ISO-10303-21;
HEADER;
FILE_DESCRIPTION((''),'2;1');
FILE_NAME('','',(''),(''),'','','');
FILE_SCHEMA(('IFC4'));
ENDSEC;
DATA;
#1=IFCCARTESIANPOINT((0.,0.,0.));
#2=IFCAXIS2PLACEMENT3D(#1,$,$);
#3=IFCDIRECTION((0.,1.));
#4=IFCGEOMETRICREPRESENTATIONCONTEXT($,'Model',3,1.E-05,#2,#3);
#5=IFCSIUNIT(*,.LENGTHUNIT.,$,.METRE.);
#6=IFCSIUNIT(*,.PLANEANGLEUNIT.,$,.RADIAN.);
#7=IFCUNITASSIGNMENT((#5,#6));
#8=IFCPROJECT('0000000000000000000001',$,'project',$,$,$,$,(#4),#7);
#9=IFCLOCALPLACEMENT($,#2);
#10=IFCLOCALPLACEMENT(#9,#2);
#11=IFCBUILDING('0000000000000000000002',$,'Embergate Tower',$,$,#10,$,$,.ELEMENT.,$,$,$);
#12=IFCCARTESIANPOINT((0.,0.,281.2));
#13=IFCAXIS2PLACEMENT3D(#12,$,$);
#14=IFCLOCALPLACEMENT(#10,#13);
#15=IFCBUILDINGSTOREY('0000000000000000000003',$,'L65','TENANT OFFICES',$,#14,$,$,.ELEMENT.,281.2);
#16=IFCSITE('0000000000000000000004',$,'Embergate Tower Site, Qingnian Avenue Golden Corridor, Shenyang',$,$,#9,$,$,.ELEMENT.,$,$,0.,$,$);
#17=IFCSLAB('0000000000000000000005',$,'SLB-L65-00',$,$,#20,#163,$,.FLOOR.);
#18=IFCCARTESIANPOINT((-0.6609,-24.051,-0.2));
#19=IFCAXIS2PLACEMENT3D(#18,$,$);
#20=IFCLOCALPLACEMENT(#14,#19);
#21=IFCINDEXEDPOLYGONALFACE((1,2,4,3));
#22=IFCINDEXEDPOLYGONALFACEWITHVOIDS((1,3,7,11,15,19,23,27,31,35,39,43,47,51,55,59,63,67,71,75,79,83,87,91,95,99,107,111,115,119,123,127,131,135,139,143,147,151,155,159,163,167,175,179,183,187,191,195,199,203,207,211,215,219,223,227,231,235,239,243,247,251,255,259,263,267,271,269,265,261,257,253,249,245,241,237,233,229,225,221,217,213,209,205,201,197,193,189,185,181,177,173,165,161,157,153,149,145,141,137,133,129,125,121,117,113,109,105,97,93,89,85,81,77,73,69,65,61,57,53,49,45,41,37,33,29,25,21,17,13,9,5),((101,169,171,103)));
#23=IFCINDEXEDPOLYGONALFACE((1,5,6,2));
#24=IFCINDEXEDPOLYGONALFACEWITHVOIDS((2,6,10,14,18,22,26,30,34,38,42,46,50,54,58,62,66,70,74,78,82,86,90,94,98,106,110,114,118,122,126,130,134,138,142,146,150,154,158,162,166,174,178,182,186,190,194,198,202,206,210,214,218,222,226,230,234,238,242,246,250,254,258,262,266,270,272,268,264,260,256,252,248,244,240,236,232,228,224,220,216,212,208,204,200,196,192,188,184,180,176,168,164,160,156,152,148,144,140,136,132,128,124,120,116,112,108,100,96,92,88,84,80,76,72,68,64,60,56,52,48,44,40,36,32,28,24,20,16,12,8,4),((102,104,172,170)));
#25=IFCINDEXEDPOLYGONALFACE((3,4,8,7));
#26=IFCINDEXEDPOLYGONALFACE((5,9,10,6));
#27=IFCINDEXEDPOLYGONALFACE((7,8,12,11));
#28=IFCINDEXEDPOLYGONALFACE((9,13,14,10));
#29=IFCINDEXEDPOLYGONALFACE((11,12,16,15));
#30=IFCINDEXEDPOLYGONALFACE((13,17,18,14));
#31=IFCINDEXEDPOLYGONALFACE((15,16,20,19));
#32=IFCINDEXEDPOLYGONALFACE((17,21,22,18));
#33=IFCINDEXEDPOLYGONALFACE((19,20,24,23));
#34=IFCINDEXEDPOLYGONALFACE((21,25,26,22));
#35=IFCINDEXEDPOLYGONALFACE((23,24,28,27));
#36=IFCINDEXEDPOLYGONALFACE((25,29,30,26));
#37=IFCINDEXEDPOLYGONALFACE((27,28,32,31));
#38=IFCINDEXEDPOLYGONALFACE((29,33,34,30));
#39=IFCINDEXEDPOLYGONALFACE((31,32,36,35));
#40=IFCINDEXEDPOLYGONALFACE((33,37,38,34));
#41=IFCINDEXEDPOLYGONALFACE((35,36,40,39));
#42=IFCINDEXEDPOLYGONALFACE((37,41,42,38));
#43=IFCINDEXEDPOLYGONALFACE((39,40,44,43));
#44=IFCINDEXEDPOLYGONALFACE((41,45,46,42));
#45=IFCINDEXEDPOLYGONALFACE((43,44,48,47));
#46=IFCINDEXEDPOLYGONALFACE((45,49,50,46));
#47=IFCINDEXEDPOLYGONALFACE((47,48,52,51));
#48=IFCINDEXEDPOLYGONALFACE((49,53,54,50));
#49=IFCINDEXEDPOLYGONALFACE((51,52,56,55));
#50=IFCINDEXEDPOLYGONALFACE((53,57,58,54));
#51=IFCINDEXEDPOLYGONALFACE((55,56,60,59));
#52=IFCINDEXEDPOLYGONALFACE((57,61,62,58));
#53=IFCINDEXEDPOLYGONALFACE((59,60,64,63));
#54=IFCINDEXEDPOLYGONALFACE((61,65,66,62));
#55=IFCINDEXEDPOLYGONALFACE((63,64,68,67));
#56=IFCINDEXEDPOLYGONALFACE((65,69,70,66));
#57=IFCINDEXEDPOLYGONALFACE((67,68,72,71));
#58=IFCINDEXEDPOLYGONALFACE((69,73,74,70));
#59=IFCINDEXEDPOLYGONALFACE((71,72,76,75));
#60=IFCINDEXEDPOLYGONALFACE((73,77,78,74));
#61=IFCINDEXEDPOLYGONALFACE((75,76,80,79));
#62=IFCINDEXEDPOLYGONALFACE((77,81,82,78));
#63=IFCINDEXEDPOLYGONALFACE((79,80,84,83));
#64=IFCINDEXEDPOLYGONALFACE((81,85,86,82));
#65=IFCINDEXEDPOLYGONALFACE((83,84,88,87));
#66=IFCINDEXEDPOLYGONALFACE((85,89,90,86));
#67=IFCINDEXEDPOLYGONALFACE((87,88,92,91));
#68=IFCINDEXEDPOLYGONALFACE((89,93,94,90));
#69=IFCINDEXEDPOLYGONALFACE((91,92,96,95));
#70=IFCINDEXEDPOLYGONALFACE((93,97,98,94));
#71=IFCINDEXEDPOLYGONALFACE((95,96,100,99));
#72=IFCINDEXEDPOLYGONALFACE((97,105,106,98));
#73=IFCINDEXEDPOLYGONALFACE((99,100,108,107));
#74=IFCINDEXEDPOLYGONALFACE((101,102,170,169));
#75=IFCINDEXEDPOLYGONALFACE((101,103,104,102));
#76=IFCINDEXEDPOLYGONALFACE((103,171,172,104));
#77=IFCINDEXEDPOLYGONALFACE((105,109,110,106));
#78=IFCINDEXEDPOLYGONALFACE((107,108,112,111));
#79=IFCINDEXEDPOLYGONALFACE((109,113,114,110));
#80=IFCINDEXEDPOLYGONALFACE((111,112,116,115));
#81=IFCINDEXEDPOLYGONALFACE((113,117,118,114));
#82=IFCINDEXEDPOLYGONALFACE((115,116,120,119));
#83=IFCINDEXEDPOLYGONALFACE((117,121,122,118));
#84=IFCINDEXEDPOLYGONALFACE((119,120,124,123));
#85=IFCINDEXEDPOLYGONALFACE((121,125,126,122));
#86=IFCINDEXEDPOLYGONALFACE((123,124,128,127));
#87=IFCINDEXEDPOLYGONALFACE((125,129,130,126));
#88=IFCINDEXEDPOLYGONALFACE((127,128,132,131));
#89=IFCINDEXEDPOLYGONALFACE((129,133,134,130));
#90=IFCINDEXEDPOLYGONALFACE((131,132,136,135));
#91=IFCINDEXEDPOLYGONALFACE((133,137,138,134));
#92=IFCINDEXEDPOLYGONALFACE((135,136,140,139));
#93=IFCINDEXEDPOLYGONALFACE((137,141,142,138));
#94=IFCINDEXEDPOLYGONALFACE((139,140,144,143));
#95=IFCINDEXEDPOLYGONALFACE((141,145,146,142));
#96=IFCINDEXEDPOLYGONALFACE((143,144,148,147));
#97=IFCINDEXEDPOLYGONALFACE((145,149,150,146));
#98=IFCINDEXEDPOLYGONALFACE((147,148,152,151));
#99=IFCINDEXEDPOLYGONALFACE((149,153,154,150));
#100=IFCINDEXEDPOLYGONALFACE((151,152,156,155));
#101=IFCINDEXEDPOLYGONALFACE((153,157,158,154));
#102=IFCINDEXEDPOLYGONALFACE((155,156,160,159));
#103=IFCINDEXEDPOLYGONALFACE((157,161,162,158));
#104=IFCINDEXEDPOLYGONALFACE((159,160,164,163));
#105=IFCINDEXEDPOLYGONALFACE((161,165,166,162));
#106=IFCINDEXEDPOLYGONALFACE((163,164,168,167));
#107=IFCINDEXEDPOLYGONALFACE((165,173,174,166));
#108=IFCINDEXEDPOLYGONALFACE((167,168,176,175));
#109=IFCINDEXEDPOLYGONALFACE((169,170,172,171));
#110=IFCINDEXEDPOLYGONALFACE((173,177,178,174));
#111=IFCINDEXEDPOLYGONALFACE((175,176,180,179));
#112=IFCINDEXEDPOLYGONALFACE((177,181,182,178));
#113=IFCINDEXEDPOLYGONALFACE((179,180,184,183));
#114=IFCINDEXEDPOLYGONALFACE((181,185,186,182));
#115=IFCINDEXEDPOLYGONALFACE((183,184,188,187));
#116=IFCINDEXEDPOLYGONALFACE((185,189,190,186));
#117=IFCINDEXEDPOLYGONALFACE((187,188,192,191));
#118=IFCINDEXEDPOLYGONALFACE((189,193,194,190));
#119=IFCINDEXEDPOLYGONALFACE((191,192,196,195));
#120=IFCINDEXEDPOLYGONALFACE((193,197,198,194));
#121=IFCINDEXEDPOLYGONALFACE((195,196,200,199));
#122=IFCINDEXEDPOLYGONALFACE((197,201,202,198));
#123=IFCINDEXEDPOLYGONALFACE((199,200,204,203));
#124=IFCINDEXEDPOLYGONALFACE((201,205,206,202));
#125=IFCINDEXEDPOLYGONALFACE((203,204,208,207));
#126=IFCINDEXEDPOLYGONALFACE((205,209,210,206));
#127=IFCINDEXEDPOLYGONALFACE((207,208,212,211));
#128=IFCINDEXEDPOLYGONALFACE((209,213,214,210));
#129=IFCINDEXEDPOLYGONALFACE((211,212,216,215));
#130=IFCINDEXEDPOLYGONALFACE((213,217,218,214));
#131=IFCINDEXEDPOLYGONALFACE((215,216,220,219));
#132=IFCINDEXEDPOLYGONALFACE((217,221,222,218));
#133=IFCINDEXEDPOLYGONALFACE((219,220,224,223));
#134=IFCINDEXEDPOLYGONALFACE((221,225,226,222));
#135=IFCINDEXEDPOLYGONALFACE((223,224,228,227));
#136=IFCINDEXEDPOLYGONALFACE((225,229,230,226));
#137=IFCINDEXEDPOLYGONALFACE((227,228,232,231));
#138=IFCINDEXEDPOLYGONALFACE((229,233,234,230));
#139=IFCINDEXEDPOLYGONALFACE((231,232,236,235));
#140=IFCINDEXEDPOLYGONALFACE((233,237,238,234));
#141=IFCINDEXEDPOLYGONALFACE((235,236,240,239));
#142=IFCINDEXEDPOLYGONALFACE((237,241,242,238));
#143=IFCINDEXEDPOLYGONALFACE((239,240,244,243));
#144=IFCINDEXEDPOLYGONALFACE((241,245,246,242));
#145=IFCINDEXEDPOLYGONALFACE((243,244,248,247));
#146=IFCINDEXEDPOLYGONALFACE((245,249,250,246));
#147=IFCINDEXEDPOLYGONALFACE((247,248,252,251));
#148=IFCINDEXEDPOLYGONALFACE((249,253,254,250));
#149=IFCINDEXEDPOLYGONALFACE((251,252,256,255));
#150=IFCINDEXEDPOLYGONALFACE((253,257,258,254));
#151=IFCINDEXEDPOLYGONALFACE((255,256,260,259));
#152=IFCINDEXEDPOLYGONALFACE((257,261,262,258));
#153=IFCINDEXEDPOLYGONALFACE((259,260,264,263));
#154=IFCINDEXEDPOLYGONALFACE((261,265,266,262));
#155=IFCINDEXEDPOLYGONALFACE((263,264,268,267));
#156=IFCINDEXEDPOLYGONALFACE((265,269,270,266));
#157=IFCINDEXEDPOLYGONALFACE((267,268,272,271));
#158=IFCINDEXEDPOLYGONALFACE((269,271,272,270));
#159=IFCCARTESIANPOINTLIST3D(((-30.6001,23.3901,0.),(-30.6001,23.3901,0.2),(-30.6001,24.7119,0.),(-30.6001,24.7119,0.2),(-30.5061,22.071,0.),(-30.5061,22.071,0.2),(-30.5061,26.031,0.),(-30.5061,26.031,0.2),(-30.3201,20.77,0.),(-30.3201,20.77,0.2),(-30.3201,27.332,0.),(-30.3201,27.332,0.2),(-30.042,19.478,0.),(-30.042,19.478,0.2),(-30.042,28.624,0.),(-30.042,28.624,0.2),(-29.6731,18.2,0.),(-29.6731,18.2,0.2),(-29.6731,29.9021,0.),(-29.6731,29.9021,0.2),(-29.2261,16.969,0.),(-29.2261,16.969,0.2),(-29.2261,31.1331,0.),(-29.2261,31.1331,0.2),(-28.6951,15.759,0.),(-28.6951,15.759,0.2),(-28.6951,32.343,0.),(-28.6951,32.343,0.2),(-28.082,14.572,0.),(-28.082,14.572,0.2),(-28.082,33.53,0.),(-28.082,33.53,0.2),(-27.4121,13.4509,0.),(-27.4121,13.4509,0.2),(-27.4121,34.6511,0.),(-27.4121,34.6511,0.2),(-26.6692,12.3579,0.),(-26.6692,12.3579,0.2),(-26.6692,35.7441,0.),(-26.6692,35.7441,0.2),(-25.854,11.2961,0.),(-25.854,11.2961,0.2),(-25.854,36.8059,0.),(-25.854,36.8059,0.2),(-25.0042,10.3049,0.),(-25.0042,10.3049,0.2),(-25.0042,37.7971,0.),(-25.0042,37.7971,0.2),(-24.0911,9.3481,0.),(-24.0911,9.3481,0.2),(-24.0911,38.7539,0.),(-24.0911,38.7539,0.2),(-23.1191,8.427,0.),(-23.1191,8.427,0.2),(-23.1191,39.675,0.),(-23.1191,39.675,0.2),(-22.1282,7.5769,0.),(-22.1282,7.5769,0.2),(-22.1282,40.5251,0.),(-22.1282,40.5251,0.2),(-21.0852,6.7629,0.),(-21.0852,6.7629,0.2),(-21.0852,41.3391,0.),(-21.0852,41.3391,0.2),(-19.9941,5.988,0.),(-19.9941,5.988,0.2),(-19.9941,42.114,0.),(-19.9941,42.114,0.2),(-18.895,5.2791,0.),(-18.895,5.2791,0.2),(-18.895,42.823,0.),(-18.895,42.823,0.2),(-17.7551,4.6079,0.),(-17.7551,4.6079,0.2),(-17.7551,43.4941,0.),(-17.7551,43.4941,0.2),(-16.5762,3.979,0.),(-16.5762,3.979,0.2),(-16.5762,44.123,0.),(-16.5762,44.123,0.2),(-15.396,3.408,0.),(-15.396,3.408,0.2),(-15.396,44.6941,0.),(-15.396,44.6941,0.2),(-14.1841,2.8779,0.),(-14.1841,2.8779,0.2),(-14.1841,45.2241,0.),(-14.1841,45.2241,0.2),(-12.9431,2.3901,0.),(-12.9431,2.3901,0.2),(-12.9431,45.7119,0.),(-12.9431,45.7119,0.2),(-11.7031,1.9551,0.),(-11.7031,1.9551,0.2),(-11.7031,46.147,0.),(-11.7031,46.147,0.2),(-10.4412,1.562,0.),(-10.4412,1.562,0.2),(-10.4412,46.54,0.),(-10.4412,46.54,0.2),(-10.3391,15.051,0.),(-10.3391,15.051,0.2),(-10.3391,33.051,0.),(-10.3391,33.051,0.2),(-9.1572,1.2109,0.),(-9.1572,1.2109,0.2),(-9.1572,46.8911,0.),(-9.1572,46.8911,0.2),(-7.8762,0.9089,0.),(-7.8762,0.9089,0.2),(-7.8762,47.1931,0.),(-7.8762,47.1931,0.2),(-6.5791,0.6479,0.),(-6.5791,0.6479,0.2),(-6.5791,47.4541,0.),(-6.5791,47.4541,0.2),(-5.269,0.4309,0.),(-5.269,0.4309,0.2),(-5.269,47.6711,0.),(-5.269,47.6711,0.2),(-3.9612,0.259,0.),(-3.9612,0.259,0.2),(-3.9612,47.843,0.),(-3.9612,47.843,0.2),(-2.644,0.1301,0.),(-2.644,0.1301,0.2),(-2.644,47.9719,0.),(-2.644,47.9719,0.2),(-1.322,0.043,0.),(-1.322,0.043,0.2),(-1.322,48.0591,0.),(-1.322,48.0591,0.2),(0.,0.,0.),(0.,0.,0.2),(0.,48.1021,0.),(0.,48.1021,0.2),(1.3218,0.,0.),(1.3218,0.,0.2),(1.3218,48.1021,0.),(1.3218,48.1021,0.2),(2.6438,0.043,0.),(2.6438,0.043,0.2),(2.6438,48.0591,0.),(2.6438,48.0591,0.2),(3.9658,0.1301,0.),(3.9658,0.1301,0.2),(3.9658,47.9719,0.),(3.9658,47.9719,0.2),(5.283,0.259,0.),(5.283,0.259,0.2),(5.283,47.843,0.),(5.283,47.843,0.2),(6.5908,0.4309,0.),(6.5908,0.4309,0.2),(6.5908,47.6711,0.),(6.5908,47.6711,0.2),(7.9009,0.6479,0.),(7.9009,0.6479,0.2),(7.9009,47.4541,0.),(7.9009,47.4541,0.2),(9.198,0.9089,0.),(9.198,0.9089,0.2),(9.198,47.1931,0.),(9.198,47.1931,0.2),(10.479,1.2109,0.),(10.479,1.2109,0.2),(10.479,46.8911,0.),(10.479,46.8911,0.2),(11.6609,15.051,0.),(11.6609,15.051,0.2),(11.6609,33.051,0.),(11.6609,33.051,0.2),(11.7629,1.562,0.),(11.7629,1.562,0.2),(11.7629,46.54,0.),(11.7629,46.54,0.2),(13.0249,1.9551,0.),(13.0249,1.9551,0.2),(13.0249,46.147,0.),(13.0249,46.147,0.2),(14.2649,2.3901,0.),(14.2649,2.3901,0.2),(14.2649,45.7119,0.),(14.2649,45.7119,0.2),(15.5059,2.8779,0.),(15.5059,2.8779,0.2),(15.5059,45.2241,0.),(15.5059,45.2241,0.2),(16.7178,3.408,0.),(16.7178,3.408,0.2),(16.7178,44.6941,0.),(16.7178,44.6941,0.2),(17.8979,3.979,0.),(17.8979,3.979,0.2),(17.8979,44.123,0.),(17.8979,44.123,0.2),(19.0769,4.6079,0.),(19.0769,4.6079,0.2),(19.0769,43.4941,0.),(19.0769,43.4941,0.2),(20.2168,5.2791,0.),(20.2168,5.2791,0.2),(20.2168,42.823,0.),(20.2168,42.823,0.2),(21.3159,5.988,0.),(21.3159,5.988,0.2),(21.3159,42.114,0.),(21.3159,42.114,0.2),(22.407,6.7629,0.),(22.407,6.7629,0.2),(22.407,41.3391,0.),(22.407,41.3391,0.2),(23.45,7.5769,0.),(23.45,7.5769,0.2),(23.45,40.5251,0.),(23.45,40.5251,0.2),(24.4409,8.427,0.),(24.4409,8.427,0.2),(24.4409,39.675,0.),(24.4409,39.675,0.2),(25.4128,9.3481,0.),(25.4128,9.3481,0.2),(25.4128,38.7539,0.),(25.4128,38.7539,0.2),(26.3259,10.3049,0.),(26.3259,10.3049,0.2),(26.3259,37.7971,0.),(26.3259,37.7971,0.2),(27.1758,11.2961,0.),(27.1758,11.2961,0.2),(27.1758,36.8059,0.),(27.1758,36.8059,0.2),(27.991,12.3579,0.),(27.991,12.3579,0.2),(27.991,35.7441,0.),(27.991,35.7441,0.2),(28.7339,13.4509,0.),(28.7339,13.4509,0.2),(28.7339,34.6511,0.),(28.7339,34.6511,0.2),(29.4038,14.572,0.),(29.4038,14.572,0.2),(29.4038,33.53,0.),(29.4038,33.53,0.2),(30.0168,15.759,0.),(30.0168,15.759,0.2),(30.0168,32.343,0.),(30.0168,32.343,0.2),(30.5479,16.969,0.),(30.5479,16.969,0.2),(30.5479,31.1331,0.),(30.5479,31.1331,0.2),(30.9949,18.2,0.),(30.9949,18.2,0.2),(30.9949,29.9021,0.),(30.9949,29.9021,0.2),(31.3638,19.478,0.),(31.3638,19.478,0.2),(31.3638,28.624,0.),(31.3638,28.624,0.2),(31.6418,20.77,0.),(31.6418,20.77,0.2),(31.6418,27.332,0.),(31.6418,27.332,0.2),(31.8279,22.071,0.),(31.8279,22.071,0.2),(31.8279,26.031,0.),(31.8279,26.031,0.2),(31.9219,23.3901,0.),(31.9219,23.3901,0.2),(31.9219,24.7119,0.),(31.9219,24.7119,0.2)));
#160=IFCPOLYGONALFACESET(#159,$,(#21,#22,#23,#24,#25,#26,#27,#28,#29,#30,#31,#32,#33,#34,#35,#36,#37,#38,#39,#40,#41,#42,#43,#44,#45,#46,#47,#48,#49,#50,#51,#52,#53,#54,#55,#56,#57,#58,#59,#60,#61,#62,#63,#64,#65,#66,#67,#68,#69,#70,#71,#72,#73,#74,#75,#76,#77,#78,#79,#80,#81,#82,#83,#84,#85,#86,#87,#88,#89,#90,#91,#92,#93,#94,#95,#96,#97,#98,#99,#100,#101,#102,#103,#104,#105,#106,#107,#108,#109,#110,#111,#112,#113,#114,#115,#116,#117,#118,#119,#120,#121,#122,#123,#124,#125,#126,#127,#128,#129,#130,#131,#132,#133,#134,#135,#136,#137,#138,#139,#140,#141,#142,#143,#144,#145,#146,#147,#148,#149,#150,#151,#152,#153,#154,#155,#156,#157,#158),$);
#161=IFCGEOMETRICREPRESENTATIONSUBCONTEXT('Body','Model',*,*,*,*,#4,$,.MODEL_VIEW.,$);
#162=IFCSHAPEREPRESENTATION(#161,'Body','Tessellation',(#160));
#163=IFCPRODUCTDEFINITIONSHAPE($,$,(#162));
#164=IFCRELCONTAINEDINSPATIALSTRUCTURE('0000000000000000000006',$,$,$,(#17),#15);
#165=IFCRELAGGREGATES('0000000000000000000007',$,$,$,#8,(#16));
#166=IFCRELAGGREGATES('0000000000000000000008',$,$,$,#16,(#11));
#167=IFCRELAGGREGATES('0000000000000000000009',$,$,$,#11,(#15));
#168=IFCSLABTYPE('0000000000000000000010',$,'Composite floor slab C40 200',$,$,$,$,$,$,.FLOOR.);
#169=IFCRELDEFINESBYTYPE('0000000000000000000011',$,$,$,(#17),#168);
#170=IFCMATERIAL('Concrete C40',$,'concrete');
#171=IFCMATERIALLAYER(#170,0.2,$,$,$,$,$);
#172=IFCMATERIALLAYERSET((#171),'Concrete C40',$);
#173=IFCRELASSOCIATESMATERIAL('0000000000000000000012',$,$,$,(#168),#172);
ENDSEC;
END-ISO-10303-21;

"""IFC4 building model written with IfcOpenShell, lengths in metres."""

from ifc_helpers import new_model, si_unit, direction, frame, origin, place, context, subcontext, project, spatial, polyline, outline, extrude, source, transform, mapped, material, layer, layer_set, type_object, element, save


model = new_model("IFC4")

# Units and contexts
model_context = context("Model", 3, precision=1e-05, world=origin(), true_north=direction((0.0, 1.0)))
body_context = subcontext(model_context, "Body", "Model", "MODEL_VIEW")
ifc_project = project(units=[si_unit("LENGTHUNIT", "METRE"), si_unit("PLANEANGLEUNIT", "RADIAN")], contexts=[model_context])

# Site, building, storey
site_placement = place(None, origin())
site = spatial("IfcSite", under=ifc_project, at=site_placement, Name="Embergate Tower Site, Qingnian Avenue Golden Corridor, Shenyang", CompositionType="ELEMENT", RefElevation=0.0)
building_placement = place(site_placement, origin())
building = spatial("IfcBuilding", under=site, at=building_placement, Name="Embergate Tower", CompositionType="ELEMENT")
storey_placement = place(building_placement, frame((0.0, 0.0, 281.2)))
storey = spatial("IfcBuildingStorey", under=building, at=storey_placement, Name="L65", Description="TENANT OFFICES", CompositionType="ELEMENT", Elevation=281.2)

# Slab
ifc_material_1 = material(Name="Concrete C40", Category="concrete")
ifc_layer_1 = layer(ifc_material_1, 0.2)
ifc_layer_set_1 = layer_set([ifc_layer_1], Name="Concrete C40")
slab_type = type_object("IfcSlabType", Name="Composite floor slab C40 200", PredefinedType="FLOOR", material=ifc_layer_set_1)
shared_shape_1 = source(origin(), body_context, "Body", "SweptSolid", [
    extrude(outline(polyline([(0.0, 0.0), (1.3218, 0.0), (2.6438, 0.043), (3.9658, 0.1301), (5.283, 0.259), (6.5908, 0.4309), (7.9009, 0.6479), (9.198, 0.9089), (10.479, 1.2109), (11.7629, 1.562), (13.0249, 1.9551), (14.2649, 2.3901), (15.5059, 2.8779), (16.7178, 3.408), (17.8979, 3.979), (19.0769, 4.6079), (20.2168, 5.2791), (21.3159, 5.988), (22.407, 6.7629), (23.45, 7.5769), (24.4409, 8.427), (25.4128, 9.3481), (26.3259, 10.3049), (27.1758, 11.2961), (27.991, 12.3579), (28.7339, 13.4509), (29.4038, 14.572), (30.0168, 15.759), (30.5479, 16.969), (30.9949, 18.2), (31.3638, 19.478), (31.6418, 20.77), (31.8279, 22.071), (31.9219, 23.3901), (31.9219, 24.7119), (31.8279, 26.031), (31.6418, 27.332), (31.3638, 28.624), (30.9949, 29.9021), (30.5479, 31.1331), (30.0168, 32.343), (29.4038, 33.53), (28.7339, 34.6511), (27.991, 35.7441), (27.1758, 36.8059), (26.3259, 37.7971), (25.4128, 38.7539), (24.4409, 39.675), (23.45, 40.5251), (22.407, 41.3391), (21.3159, 42.114), (20.2168, 42.823), (19.0769, 43.4941), (17.8979, 44.123), (16.7178, 44.6941), (15.5059, 45.2241), (14.2649, 45.7119), (13.0249, 46.147), (11.7629, 46.54), (10.479, 46.8911), (9.198, 47.1931), (7.9009, 47.4541), (6.5908, 47.6711), (5.283, 47.843), (3.9658, 47.9719), (2.6438, 48.0591), (1.3218, 48.1021), (0.0, 48.1021), (-1.322, 48.0591), (-2.644, 47.9719), (-3.9612, 47.843), (-5.269, 47.6711), (-6.5791, 47.4541), (-7.8762, 47.1931), (-9.1572, 46.8911), (-10.4412, 46.54), (-11.7031, 46.147), (-12.9431, 45.7119), (-14.1841, 45.2241), (-15.396, 44.6941), (-16.5762, 44.123), (-17.7551, 43.4941), (-18.895, 42.823), (-19.9941, 42.114), (-21.0852, 41.3391), (-22.1282, 40.5251), (-23.1191, 39.675), (-24.0911, 38.7539), (-25.0042, 37.7971), (-25.854, 36.8059), (-26.6692, 35.7441), (-27.4121, 34.6511), (-28.082, 33.53), (-28.6951, 32.343), (-29.2261, 31.1331), (-29.6731, 29.9021), (-30.042, 28.624), (-30.3201, 27.332), (-30.5061, 26.031), (-30.6001, 24.7119), (-30.6001, 23.3901), (-30.5061, 22.071), (-30.3201, 20.77), (-30.042, 19.478), (-29.6731, 18.2), (-29.2261, 16.969), (-28.6951, 15.759), (-28.082, 14.572), (-27.4121, 13.4509), (-26.6692, 12.3579), (-25.854, 11.2961), (-25.0042, 10.3049), (-24.0911, 9.3481), (-23.1191, 8.427), (-22.1282, 7.5769), (-21.0852, 6.7629), (-19.9941, 5.988), (-18.895, 5.2791), (-17.7551, 4.6079), (-16.5762, 3.979), (-15.396, 3.408), (-14.1841, 2.8779), (-12.9431, 2.3901), (-11.7031, 1.9551), (-10.4412, 1.562), (-9.1572, 1.2109), (-7.8762, 0.9089), (-6.5791, 0.6479), (-5.269, 0.4309), (-3.9612, 0.259), (-2.644, 0.1301), (-1.322, 0.043), (0.0, 0.0)]), holes=[polyline([(-10.3391, 15.051), (-10.3391, 33.051), (11.6609, 33.051), (11.6609, 15.051), (-10.3391, 15.051)])]), origin(), (0.0, 0.0, 1.0), 0.2),
])
slab_placement = place(storey_placement, frame((-0.6609, -24.051, -0.2)))
element("IfcSlab", 1, at=slab_placement, inside=storey, type_object=slab_type, Name="SLB-L65-00", PredefinedType="FLOOR", context=body_context, shape_type="MappedRepresentation", body=[
    mapped(shared_shape_1, transform((0.0, 0.0, 0.0))),
])

save(model, "model.ifc")
